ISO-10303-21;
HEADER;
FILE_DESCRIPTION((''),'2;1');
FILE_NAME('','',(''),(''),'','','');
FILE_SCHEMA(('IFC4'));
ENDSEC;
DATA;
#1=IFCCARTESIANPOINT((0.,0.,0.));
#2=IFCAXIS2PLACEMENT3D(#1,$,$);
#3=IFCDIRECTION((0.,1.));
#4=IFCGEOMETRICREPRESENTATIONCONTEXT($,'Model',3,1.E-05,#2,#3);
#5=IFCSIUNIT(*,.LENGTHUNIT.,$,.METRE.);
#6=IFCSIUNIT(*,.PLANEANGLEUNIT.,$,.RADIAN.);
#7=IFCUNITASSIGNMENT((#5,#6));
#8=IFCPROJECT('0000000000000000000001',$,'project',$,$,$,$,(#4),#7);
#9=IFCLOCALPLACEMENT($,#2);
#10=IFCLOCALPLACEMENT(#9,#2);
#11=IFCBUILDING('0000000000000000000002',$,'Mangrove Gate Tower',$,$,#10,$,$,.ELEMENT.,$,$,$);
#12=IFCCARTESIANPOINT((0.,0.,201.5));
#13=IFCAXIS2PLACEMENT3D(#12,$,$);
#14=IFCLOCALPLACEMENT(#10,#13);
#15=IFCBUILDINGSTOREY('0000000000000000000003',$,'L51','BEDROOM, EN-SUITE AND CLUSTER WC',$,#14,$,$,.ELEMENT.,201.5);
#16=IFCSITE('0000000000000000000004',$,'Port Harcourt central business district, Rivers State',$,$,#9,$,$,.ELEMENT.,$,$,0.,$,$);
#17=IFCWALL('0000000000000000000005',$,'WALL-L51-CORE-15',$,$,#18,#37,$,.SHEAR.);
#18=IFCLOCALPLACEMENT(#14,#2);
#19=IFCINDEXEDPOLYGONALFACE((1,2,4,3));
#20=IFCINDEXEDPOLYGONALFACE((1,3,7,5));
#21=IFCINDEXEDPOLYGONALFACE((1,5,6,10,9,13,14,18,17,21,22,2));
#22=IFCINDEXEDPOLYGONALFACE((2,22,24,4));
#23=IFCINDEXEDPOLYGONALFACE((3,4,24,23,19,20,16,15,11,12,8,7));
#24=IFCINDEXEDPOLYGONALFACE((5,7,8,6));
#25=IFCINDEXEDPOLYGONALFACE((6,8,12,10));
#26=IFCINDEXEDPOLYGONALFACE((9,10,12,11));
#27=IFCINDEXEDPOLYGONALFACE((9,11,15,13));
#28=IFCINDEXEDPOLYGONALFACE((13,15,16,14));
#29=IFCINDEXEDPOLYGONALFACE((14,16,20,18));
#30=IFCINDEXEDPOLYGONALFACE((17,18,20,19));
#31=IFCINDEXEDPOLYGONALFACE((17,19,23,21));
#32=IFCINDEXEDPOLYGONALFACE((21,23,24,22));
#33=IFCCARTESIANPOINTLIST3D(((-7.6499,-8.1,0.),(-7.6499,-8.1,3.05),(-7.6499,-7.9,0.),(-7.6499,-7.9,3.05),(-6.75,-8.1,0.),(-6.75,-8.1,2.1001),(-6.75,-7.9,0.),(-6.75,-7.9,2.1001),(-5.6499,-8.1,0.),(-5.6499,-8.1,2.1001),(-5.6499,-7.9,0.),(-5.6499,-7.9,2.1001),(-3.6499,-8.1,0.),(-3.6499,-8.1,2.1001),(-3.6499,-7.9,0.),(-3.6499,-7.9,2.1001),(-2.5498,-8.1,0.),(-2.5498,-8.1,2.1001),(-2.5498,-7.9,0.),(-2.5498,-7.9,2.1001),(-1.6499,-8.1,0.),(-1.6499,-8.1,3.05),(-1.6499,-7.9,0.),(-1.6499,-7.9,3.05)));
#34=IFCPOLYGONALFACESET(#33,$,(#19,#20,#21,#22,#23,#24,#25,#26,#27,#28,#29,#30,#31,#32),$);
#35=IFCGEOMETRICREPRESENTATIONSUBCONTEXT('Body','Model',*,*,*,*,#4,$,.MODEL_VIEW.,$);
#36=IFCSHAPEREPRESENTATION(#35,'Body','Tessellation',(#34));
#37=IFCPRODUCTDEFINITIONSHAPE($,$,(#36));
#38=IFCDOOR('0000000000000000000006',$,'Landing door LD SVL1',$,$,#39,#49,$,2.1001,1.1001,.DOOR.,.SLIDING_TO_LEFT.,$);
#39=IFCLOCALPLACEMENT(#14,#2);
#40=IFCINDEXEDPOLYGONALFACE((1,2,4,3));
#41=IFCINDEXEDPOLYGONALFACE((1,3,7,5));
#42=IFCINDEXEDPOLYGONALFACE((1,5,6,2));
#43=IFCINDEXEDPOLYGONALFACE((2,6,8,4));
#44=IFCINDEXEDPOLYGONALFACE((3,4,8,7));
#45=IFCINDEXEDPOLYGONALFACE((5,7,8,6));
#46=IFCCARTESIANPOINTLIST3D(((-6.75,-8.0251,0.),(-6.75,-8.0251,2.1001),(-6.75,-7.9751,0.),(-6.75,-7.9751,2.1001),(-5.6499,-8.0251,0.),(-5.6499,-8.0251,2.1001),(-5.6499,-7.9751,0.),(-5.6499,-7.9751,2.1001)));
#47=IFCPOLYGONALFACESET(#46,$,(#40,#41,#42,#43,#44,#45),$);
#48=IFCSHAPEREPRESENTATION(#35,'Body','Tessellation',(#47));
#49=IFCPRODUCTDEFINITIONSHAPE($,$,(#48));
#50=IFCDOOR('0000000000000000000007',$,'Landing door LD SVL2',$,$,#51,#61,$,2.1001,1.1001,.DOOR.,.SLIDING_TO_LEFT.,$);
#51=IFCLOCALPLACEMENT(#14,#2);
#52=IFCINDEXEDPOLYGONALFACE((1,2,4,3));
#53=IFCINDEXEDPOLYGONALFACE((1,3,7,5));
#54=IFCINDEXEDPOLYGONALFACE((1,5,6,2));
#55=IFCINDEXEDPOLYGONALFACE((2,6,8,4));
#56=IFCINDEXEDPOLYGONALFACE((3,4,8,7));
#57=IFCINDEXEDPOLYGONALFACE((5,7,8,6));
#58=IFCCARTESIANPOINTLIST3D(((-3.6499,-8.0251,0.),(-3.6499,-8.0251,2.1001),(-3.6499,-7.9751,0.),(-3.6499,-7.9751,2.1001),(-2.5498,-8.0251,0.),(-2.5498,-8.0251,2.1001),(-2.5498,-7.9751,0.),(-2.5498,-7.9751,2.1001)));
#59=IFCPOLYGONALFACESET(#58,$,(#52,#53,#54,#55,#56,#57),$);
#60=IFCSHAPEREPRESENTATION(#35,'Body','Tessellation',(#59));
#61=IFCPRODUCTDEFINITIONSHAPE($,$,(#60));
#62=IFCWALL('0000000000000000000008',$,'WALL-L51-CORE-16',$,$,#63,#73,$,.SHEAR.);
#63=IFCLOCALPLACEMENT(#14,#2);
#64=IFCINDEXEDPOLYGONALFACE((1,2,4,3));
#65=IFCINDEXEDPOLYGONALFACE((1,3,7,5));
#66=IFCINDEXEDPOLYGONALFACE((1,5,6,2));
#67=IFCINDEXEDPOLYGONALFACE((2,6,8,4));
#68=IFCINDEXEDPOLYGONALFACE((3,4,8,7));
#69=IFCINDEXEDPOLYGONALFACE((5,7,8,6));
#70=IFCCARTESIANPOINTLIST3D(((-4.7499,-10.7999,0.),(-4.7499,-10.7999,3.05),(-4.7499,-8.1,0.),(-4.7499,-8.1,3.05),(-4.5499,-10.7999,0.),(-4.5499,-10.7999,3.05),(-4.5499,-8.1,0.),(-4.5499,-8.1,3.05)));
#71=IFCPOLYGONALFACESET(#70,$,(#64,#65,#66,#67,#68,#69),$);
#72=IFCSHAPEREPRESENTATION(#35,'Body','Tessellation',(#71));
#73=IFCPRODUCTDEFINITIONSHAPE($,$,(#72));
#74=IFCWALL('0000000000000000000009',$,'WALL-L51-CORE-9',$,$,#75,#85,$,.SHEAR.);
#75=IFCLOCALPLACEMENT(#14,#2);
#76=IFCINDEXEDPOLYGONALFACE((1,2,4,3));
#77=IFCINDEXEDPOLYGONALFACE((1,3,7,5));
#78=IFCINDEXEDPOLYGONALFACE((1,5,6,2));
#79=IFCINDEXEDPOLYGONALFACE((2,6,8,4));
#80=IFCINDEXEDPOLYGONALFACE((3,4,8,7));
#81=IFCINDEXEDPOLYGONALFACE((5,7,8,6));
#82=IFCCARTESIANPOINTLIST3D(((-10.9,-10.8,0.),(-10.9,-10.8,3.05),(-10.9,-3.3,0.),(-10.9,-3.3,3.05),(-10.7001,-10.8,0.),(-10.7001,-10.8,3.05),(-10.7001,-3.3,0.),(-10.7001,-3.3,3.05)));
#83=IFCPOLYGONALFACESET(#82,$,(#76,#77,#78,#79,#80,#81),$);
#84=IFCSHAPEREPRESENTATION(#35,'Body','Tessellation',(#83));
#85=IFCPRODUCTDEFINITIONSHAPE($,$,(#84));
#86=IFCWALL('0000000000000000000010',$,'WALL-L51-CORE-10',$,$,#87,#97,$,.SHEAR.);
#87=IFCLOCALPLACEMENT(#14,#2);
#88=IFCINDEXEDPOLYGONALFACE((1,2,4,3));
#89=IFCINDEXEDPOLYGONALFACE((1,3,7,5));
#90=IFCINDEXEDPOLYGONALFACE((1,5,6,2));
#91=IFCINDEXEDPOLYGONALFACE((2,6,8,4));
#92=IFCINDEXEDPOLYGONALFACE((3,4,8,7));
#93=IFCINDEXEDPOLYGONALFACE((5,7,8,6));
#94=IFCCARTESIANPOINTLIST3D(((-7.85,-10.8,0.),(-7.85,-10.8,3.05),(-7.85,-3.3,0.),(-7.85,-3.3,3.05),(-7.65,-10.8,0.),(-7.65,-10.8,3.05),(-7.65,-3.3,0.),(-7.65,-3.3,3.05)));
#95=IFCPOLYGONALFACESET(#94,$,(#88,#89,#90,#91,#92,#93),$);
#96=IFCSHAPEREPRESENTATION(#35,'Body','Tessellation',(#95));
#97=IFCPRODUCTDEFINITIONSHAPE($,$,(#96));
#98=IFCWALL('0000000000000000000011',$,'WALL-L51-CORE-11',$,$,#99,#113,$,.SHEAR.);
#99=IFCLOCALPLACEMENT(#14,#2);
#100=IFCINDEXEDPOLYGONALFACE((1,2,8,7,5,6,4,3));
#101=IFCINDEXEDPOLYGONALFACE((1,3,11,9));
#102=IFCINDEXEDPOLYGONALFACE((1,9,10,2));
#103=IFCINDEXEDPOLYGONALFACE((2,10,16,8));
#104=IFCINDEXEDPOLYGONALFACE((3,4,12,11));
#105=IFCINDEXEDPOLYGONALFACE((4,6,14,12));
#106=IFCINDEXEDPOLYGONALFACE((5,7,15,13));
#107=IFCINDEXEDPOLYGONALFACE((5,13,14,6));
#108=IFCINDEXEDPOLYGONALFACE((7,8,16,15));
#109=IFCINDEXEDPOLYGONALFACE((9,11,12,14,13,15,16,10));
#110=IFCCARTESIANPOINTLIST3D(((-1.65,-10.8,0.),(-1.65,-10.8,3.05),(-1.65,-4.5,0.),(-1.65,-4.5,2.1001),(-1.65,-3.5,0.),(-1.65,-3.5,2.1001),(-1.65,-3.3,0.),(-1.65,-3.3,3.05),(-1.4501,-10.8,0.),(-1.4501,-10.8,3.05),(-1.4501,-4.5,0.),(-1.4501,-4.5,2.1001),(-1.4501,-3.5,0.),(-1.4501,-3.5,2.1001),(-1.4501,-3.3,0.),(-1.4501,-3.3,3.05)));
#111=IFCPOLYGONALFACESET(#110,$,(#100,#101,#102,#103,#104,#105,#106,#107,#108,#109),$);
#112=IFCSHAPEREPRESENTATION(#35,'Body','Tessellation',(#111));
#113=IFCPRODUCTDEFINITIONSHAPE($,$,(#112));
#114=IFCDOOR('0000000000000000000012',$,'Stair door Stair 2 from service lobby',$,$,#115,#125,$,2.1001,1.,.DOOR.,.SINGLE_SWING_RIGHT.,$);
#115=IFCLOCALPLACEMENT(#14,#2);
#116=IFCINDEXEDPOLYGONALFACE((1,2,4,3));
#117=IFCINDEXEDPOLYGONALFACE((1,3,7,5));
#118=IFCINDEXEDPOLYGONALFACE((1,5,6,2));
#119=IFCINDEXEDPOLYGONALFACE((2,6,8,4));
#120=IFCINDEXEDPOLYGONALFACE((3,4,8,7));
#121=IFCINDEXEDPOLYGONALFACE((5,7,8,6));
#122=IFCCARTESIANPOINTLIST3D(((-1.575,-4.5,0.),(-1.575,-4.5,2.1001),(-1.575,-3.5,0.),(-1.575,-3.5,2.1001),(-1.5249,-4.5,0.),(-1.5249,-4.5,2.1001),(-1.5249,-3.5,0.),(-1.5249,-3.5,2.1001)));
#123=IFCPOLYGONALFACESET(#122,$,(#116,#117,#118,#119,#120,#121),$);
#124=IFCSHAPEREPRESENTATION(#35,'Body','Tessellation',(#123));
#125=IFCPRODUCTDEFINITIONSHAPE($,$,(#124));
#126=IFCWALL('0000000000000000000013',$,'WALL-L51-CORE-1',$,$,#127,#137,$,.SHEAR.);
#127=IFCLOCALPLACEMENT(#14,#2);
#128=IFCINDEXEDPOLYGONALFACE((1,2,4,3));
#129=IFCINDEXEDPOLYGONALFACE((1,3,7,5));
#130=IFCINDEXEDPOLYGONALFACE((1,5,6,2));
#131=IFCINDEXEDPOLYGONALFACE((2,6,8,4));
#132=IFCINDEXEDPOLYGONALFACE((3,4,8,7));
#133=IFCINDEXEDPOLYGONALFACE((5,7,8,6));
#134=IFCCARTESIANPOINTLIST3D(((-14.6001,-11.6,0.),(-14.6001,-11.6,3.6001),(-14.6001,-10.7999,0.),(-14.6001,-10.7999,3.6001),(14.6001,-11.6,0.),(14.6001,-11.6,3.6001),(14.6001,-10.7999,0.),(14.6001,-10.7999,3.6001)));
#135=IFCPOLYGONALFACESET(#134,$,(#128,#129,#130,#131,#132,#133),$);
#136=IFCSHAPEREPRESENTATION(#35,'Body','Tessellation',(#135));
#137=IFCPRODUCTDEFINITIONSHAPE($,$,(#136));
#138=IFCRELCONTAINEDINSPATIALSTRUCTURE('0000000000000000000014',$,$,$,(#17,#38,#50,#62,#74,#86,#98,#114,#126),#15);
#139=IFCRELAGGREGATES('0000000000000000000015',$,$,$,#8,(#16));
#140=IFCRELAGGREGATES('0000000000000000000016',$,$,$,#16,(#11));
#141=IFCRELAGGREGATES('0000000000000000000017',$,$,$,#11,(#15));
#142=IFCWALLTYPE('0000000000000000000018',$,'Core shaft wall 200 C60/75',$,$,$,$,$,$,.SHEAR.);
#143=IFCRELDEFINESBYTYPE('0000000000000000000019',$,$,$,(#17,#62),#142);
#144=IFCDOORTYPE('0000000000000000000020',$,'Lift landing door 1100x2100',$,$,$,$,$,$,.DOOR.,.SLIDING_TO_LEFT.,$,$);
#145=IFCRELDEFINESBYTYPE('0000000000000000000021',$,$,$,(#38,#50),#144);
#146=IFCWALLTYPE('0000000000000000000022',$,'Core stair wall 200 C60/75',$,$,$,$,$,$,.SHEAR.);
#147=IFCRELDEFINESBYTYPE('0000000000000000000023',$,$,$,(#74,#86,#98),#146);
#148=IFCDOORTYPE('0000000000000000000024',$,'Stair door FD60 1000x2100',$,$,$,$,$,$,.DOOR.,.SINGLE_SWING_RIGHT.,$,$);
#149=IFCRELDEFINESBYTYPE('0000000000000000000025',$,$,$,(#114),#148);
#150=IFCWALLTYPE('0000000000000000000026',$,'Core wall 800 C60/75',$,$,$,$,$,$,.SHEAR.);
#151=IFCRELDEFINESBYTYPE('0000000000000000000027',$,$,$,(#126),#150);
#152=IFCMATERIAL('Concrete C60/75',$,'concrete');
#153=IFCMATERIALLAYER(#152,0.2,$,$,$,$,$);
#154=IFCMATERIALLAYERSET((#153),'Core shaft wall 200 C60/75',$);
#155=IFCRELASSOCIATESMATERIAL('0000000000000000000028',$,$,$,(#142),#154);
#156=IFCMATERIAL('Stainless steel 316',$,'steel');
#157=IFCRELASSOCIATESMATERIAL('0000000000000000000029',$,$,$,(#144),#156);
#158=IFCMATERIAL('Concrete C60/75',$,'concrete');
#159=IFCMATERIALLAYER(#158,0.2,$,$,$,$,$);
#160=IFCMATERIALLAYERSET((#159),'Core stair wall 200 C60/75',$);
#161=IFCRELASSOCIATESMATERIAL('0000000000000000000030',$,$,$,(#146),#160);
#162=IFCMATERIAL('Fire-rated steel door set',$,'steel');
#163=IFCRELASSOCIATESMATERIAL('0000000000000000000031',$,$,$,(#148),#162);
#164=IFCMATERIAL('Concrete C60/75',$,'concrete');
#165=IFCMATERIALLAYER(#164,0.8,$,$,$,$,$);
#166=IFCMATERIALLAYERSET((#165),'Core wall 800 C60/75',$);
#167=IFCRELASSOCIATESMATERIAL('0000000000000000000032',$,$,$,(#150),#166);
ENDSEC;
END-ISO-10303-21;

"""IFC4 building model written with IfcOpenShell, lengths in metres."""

from ifc_helpers import new_model, si_unit, direction, frame, frame_2d, origin, place, context, subcontext, project, spatial, rectangle, extrude, material, layer, layer_set, type_object, element, fill, save


model = new_model("IFC4")

# Units and contexts
model_context = context("Model", 3, precision=1e-05, world=origin(), true_north=direction((0.0, 1.0)))
body_context = subcontext(model_context, "Body", "Model", "MODEL_VIEW")
ifc_project = project(units=[si_unit("LENGTHUNIT", "METRE"), si_unit("PLANEANGLEUNIT", "RADIAN")], contexts=[model_context])

# Site, building, storey
site_placement = place(None, origin())
site = spatial("IfcSite", under=ifc_project, at=site_placement, Name="Port Harcourt central business district, Rivers State", CompositionType="ELEMENT", RefElevation=0.0)
building_placement = place(site_placement, origin())
building = spatial("IfcBuilding", under=site, at=building_placement, Name="Mangrove Gate Tower", CompositionType="ELEMENT")
storey_placement = place(building_placement, frame((0.0, 0.0, 201.5)))
storey = spatial("IfcBuildingStorey", under=building, at=storey_placement, Name="L51", Description="BEDROOM, EN-SUITE AND CLUSTER WC", CompositionType="ELEMENT", Elevation=201.5)

# Wall, openings, doors
ifc_material_1 = material(Name="Concrete C60/75", Category="concrete")
ifc_layer_1 = layer(ifc_material_1, 0.2)
ifc_layer_set_1 = layer_set([ifc_layer_1], Name="Core shaft wall 200 C60/75")
wall_type_1 = type_object("IfcWallType", Name="Core shaft wall 200 C60/75", PredefinedType="SHEAR", material=ifc_layer_set_1)
wall_1_placement = place(storey_placement, frame((-7.6499, -8.0, 0.0), z_axis=(0.0, 0.0, 1.0), x_axis=(1.0, 0.0, 0.0)))
wall_1 = element("IfcWall", 1, at=wall_1_placement, inside=storey, type_object=wall_type_1, Name="WALL-L51-CORE-15", PredefinedType="SHEAR", context=body_context, shape_type="SweptSolid", body=[
    extrude(rectangle(XDim=6.0, YDim=0.2, at=frame_2d((3.0, 0.0))), origin(), (0.0, 0.0, 1.0), 3.05),
])
opening_1_placement = place(wall_1_placement, frame((0.8999, 0.0, 0.0)))
opening_1 = element("IfcOpeningElement", 2, at=opening_1_placement, cuts=wall_1, PredefinedType="OPENING", context=body_context, shape_type="SweptSolid", body=[
    extrude(rectangle(XDim=1.1001, YDim=2.1001, at=frame_2d((0.55, 1.05))), frame((0.0, 0.1099, 0.0), z_axis=(0.0, -1.0, 0.0), x_axis=(1.0, 0.0, 0.0)), (0.0, 0.0, 1.0), 0.22),
])
opening_2_placement = place(wall_1_placement, frame((4.0, 0.0, 0.0)))
opening_2 = element("IfcOpeningElement", 3, at=opening_2_placement, cuts=wall_1, PredefinedType="OPENING", context=body_context, shape_type="SweptSolid", body=[
    extrude(rectangle(XDim=1.1001, YDim=2.1001, at=frame_2d((0.55, 1.05))), frame((0.0, 0.1099, 0.0), z_axis=(0.0, -1.0, 0.0), x_axis=(1.0, 0.0, 0.0)), (0.0, 0.0, 1.0), 0.22),
])
ifc_material_2 = material(Name="Stainless steel 316", Category="steel")
door_type_1 = type_object("IfcDoorType", Name="Lift landing door 1100x2100", OperationType="SLIDING_TO_LEFT", PredefinedType="DOOR", material=ifc_material_2)
door_1_placement = place(opening_1_placement, origin())
door_1 = element("IfcDoor", 4, at=door_1_placement, inside=storey, type_object=door_type_1, Name="Landing door LD SVL1", OperationType="SLIDING_TO_LEFT", OverallHeight=2.1001, OverallWidth=1.1001, PredefinedType="DOOR", context=body_context, shape_type="SweptSolid", body=[
    extrude(rectangle(XDim=1.1001, YDim=2.1001, at=frame_2d((0.55, 1.05))), frame((0.0, 0.0249, 0.0), z_axis=(0.0, -1.0, 0.0), x_axis=(1.0, 0.0, 0.0)), (0.0, 0.0, 1.0), 0.05),
])
fill(opening_1, door_1)
door_2_placement = place(opening_2_placement, origin())
door_2 = element("IfcDoor", 5, at=door_2_placement, inside=storey, type_object=door_type_1, Name="Landing door LD SVL2", OperationType="SLIDING_TO_LEFT", OverallHeight=2.1001, OverallWidth=1.1001, PredefinedType="DOOR", context=body_context, shape_type="SweptSolid", body=[
    extrude(rectangle(XDim=1.1001, YDim=2.1001, at=frame_2d((0.55, 1.05))), frame((0.0, 0.0249, 0.0), z_axis=(0.0, -1.0, 0.0), x_axis=(1.0, 0.0, 0.0)), (0.0, 0.0, 1.0), 0.05),
])
fill(opening_2, door_2)

# Walls
wall_2_placement = place(storey_placement, frame((-4.6499, -10.8, 0.0), z_axis=(0.0, 0.0, 1.0), x_axis=(0.0, 1.0, 0.0)))
element("IfcWall", 6, at=wall_2_placement, inside=storey, type_object=wall_type_1, Name="WALL-L51-CORE-16", PredefinedType="SHEAR", context=body_context, shape_type="SweptSolid", body=[
    extrude(rectangle(XDim=2.7, YDim=0.2, at=frame_2d((1.3501, 0.0))), origin(), (0.0, 0.0, 1.0), 3.05),
])
ifc_material_3 = material(Name="Concrete C60/75", Category="concrete")
ifc_layer_2 = layer(ifc_material_3, 0.2)
ifc_layer_set_2 = layer_set([ifc_layer_2], Name="Core stair wall 200 C60/75")
wall_type_2 = type_object("IfcWallType", Name="Core stair wall 200 C60/75", PredefinedType="SHEAR", material=ifc_layer_set_2)
for number, where, z_axis, x_axis, name in (
    (7, (-10.8, -10.8, 0.0), (0.0, 0.0, 1.0), (0.0, 1.0, 0.0), "WALL-L51-CORE-9"),
    (8, (-7.75, -10.8, 0.0), (0.0, 0.0, 1.0), (0.0, 1.0, 0.0), "WALL-L51-CORE-10"),
):
    element("IfcWall", number, at=place(storey_placement, frame(where, z_axis=z_axis, x_axis=x_axis)), inside=storey, type_object=wall_type_2, Name=name, PredefinedType="SHEAR", context=body_context, shape_type="SweptSolid", body=[
        extrude(rectangle(XDim=7.5, YDim=0.2, at=frame_2d((3.75, 0.0))), origin(), (0.0, 0.0, 1.0), 3.05),
    ])

# Wall, opening, door
wall_3_placement = place(storey_placement, frame((-1.55, -10.8, 0.0), z_axis=(0.0, 0.0, 1.0), x_axis=(0.0, 1.0, 0.0)))
wall_3 = element("IfcWall", 9, at=wall_3_placement, inside=storey, type_object=wall_type_2, Name="WALL-L51-CORE-11", PredefinedType="SHEAR", context=body_context, shape_type="SweptSolid", body=[
    extrude(rectangle(XDim=7.5, YDim=0.2, at=frame_2d((3.75, 0.0))), origin(), (0.0, 0.0, 1.0), 3.05),
])
opening_3_placement = place(wall_3_placement, frame((6.3, 0.0, 0.0)))
opening_3 = element("IfcOpeningElement", 10, at=opening_3_placement, cuts=wall_3, PredefinedType="OPENING", context=body_context, shape_type="SweptSolid", body=[
    extrude(rectangle(XDim=1.0, YDim=2.1001, at=frame_2d((0.5, 1.05))), frame((0.0, 0.1099, 0.0), z_axis=(0.0, -1.0, 0.0), x_axis=(1.0, 0.0, 0.0)), (0.0, 0.0, 1.0), 0.22),
])
ifc_material_4 = material(Name="Fire-rated steel door set", Category="steel")
door_type_2 = type_object("IfcDoorType", Name="Stair door FD60 1000x2100", OperationType="SINGLE_SWING_RIGHT", PredefinedType="DOOR", material=ifc_material_4)
door_3_placement = place(opening_3_placement, origin())
door_3 = element("IfcDoor", 11, at=door_3_placement, inside=storey, type_object=door_type_2, Name="Stair door Stair 2 from service lobby", OperationType="SINGLE_SWING_RIGHT", OverallHeight=2.1001, OverallWidth=1.0, PredefinedType="DOOR", context=body_context, shape_type="SweptSolid", body=[
    extrude(rectangle(XDim=1.0, YDim=2.1001, at=frame_2d((0.5, 1.05))), frame((0.0, 0.0249, 0.0), z_axis=(0.0, -1.0, 0.0), x_axis=(1.0, 0.0, 0.0)), (0.0, 0.0, 1.0), 0.05),
])
fill(opening_3, door_3)

# Wall
ifc_material_5 = material(Name="Concrete C60/75", Category="concrete")
ifc_layer_3 = layer(ifc_material_5, 0.8)
ifc_layer_set_3 = layer_set([ifc_layer_3], Name="Core wall 800 C60/75")
wall_type_3 = type_object("IfcWallType", Name="Core wall 800 C60/75", PredefinedType="SHEAR", material=ifc_layer_set_3)
wall_4_placement = place(storey_placement, frame((-14.6001, -11.2, 0.0), z_axis=(0.0, 0.0, 1.0), x_axis=(1.0, 0.0, 0.0)))
element("IfcWall", 12, at=wall_4_placement, inside=storey, type_object=wall_type_3, Name="WALL-L51-CORE-1", PredefinedType="SHEAR", context=body_context, shape_type="SweptSolid", body=[
    extrude(rectangle(XDim=29.2002, YDim=0.8, at=frame_2d((14.6001, 0.0))), origin(), (0.0, 0.0, 1.0), 3.6001),
])

save(model, "model.ifc")
